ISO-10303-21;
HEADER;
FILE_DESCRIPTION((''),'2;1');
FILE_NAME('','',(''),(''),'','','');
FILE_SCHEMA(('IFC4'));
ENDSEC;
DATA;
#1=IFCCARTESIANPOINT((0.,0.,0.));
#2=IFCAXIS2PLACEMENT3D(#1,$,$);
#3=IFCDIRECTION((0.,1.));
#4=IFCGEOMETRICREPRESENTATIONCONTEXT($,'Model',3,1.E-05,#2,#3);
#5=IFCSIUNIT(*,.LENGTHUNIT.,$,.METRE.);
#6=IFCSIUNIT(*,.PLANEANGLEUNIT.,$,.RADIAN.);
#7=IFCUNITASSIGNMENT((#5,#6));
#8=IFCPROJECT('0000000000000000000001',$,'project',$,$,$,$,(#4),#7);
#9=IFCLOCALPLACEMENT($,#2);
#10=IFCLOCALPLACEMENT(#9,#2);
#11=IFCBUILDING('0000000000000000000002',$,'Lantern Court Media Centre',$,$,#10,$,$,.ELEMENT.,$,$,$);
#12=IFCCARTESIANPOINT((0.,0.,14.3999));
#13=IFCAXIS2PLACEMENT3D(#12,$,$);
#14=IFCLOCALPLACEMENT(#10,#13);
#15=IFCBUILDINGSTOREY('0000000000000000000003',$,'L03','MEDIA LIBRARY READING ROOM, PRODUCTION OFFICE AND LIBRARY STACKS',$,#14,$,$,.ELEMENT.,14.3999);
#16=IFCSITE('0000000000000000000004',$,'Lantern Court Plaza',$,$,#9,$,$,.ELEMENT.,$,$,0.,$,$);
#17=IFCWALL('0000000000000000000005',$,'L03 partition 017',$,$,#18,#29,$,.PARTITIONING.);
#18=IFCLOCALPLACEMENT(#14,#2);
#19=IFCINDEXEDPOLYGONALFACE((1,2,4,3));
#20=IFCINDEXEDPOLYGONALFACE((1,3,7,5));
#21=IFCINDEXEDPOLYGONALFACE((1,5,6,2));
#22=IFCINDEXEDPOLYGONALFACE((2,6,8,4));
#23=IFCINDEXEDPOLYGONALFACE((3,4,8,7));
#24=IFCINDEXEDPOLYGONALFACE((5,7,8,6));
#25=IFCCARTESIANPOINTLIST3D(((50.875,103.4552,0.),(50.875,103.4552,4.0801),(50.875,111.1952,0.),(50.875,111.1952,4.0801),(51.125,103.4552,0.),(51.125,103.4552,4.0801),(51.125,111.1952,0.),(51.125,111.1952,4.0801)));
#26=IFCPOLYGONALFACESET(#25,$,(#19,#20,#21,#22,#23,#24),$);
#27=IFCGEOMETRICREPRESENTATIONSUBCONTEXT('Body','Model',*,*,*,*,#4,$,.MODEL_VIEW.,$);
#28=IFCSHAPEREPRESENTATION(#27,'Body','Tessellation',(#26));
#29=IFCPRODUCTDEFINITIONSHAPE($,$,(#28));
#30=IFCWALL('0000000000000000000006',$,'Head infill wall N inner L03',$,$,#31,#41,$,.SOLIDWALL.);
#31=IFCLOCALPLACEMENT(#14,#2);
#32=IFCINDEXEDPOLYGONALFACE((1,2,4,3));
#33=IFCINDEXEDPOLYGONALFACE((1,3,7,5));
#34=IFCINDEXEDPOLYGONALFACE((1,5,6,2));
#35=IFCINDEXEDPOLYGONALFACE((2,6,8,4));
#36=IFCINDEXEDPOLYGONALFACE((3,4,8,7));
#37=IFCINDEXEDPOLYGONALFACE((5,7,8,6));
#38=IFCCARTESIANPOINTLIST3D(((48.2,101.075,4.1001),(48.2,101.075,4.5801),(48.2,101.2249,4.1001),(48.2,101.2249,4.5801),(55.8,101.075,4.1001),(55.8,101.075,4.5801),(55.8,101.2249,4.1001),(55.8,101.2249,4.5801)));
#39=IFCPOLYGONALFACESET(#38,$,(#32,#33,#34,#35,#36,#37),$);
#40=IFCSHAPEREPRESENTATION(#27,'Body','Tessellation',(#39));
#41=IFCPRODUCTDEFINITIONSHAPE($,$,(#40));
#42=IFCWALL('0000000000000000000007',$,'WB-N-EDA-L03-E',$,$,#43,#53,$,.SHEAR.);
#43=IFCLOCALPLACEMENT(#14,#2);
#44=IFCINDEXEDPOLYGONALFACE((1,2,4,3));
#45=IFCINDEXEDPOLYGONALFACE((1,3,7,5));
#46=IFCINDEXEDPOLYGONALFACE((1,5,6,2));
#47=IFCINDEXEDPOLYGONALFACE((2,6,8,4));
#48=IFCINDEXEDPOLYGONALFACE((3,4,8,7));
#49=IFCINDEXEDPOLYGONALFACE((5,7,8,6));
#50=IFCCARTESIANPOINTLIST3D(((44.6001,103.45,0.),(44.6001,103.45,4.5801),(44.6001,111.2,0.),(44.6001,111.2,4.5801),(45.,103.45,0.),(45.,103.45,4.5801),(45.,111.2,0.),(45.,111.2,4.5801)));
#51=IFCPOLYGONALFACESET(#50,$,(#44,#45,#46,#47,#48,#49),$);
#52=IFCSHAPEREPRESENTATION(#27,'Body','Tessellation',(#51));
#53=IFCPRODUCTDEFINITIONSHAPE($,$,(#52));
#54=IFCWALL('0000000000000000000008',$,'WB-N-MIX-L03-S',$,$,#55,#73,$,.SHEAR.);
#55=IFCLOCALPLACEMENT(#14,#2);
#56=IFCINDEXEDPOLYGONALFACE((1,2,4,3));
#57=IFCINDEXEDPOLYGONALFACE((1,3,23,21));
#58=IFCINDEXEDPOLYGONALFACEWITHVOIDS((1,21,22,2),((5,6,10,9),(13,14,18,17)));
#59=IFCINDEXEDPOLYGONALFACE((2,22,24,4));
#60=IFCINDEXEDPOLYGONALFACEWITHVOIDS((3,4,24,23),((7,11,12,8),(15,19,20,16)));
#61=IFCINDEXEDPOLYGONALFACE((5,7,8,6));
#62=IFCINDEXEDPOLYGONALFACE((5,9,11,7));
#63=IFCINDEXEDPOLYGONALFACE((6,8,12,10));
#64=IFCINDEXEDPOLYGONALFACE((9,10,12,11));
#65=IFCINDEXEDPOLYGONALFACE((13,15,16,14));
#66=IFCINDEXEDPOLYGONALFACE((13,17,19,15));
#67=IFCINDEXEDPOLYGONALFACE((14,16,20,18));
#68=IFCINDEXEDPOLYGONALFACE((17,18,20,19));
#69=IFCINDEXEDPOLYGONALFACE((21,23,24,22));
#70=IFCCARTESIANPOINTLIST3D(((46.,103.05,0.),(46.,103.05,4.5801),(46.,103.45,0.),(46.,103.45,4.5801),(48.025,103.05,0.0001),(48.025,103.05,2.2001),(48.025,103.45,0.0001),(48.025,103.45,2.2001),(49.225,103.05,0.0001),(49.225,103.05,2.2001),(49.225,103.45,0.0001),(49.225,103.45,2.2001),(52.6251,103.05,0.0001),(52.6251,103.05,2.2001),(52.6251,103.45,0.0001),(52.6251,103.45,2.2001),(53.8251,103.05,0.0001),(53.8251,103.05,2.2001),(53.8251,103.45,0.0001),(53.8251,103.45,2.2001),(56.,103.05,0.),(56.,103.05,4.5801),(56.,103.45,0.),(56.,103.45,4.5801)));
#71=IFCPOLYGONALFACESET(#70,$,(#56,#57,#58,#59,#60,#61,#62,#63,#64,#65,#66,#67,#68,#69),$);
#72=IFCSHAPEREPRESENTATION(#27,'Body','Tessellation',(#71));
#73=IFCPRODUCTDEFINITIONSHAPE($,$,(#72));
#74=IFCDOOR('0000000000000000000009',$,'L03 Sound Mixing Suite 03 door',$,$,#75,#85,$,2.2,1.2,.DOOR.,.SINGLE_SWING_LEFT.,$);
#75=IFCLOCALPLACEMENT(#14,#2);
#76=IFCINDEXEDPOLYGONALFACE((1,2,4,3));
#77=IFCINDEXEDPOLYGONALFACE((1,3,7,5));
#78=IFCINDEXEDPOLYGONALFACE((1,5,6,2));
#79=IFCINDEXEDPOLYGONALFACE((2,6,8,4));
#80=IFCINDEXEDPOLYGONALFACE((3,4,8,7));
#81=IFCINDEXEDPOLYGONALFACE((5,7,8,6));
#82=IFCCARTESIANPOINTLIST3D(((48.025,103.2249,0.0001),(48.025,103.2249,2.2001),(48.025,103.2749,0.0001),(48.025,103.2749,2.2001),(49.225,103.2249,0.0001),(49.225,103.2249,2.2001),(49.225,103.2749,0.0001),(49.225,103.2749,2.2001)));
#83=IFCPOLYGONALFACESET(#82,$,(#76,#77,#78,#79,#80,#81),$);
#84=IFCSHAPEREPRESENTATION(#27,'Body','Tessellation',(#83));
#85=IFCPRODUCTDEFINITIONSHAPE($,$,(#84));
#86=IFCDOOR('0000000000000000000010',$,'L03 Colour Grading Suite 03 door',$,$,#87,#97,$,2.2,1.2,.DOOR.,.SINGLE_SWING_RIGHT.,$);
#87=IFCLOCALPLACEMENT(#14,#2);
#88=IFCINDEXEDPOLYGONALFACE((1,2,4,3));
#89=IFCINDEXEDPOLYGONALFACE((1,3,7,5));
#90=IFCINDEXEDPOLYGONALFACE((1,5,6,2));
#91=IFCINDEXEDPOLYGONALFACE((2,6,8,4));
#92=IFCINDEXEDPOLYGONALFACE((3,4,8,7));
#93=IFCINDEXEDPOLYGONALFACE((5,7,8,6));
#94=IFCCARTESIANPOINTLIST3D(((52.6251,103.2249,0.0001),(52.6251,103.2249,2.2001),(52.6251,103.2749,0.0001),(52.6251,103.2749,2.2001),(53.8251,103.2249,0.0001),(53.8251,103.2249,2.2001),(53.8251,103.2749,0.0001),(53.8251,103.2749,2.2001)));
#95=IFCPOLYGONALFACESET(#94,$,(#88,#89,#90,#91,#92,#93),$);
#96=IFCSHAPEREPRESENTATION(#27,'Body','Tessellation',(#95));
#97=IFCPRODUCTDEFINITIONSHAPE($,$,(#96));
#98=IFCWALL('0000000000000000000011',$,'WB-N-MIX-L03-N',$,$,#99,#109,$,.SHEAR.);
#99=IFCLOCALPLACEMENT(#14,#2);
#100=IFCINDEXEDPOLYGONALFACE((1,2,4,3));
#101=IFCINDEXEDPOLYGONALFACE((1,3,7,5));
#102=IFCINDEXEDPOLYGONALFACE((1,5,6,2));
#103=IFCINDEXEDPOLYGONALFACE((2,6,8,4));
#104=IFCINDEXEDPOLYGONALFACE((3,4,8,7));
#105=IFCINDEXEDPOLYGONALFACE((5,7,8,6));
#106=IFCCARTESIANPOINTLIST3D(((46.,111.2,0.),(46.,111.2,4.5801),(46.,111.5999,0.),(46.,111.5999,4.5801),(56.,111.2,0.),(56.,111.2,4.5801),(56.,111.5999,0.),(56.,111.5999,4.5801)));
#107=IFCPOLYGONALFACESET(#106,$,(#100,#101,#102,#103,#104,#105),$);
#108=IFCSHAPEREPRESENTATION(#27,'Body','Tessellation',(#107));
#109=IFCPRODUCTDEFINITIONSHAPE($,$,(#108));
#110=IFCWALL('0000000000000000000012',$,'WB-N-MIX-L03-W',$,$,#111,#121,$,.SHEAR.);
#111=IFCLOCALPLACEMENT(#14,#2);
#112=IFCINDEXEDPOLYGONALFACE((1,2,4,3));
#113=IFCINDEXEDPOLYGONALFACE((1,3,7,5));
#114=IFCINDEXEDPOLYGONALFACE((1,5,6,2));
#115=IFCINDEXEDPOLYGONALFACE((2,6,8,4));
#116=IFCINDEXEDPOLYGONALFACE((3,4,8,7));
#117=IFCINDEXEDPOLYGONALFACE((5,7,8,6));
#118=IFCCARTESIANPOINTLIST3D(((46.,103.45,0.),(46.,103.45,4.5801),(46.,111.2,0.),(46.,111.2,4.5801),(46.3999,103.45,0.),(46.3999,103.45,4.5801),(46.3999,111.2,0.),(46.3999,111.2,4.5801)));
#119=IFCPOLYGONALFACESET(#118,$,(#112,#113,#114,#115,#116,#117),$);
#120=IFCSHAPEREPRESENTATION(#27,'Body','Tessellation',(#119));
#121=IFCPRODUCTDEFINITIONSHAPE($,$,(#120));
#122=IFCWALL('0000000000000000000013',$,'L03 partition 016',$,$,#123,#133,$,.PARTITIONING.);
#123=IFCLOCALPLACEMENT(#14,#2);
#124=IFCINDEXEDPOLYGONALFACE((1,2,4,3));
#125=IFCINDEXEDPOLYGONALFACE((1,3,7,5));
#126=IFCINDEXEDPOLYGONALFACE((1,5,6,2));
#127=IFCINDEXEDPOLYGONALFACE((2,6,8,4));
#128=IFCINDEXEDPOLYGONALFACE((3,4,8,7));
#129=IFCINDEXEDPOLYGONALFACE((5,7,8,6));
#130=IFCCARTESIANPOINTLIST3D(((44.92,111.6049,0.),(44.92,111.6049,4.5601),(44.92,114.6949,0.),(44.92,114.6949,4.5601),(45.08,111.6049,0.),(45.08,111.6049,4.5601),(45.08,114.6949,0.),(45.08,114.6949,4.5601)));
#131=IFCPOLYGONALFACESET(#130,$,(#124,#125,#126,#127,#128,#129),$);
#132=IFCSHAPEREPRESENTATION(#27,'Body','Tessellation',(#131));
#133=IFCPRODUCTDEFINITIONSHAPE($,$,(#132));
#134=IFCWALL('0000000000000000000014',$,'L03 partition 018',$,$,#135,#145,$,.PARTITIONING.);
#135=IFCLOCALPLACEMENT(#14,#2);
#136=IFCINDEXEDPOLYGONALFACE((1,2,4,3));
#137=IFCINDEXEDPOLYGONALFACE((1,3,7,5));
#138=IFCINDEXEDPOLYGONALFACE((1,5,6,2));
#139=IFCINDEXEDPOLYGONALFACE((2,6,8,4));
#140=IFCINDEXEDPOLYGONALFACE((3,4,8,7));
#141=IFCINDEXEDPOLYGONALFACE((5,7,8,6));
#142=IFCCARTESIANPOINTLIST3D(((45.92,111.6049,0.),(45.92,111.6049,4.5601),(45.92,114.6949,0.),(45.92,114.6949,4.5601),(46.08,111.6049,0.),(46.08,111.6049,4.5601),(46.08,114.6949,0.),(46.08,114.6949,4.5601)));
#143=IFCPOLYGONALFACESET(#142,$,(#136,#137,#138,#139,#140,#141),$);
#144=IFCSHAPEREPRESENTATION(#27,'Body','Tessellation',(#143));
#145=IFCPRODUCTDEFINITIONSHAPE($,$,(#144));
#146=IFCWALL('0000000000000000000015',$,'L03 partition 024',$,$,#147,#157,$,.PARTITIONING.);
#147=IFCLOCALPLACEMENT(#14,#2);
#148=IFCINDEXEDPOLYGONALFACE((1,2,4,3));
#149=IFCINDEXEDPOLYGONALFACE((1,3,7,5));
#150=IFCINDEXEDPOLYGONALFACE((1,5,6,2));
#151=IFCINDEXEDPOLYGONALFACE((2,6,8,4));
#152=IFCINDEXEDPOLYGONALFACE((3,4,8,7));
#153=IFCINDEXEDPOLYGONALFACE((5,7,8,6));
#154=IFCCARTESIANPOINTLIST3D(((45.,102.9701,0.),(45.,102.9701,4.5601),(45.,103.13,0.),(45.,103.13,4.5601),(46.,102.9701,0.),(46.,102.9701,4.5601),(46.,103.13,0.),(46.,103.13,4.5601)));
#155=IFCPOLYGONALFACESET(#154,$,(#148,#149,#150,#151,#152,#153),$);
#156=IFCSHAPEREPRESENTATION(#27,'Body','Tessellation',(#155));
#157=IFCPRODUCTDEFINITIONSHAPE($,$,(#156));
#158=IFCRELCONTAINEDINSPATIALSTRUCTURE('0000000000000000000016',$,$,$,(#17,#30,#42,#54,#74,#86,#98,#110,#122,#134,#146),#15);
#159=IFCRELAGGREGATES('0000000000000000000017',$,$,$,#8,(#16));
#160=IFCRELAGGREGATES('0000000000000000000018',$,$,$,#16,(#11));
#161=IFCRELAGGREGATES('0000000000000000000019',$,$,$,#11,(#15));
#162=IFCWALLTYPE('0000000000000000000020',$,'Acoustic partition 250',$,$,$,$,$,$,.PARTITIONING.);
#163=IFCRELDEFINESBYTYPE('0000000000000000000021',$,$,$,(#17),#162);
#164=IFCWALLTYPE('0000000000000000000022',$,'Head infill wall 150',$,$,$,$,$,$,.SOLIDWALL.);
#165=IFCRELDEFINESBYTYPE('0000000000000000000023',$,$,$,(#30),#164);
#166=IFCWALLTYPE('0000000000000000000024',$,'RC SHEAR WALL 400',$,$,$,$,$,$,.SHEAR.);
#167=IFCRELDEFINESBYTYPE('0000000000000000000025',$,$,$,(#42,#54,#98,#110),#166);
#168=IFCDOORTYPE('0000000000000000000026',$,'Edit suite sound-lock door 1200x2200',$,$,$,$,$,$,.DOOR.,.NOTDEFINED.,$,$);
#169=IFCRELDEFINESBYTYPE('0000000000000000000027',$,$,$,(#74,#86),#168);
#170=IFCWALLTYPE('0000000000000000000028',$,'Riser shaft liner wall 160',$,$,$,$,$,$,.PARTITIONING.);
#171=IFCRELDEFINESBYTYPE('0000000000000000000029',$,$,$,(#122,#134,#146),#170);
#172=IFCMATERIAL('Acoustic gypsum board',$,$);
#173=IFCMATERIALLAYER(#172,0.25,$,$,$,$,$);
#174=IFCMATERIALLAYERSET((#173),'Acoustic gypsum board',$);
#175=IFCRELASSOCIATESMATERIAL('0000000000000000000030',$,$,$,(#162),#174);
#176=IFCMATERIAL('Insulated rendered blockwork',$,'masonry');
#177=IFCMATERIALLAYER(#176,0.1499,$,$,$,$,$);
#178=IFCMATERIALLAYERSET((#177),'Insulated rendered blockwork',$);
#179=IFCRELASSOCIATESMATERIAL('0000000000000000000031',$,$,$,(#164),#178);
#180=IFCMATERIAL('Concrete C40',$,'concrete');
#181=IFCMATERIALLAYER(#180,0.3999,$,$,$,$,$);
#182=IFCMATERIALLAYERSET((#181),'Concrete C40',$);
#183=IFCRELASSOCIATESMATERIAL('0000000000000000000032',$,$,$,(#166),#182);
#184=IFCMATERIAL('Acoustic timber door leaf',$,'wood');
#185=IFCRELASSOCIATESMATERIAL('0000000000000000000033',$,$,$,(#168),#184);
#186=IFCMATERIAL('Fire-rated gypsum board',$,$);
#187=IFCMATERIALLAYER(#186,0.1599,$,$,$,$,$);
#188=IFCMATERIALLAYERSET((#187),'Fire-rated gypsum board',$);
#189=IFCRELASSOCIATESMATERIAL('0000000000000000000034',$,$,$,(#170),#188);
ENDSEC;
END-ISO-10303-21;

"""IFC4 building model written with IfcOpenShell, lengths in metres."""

from ifc_helpers import new_model, si_unit, direction, frame, frame_2d, origin, place, context, subcontext, project, spatial, rectangle, extrude, material, layer, layer_set, type_object, element, fill, save


model = new_model("IFC4")

# Units and contexts
model_context = context("Model", 3, precision=1e-05, world=origin(), true_north=direction((0.0, 1.0)))
body_context = subcontext(model_context, "Body", "Model", "MODEL_VIEW")
ifc_project = project(units=[si_unit("LENGTHUNIT", "METRE"), si_unit("PLANEANGLEUNIT", "RADIAN")], contexts=[model_context])

# Site, building, storey
site_placement = place(None, origin())
site = spatial("IfcSite", under=ifc_project, at=site_placement, Name="Lantern Court Plaza", CompositionType="ELEMENT", RefElevation=0.0)
building_placement = place(site_placement, origin())
building = spatial("IfcBuilding", under=site, at=building_placement, Name="Lantern Court Media Centre", CompositionType="ELEMENT")
storey_placement = place(building_placement, frame((0.0, 0.0, 14.3999)))
storey = spatial("IfcBuildingStorey", under=building, at=storey_placement, Name="L03", Description="MEDIA LIBRARY READING ROOM, PRODUCTION OFFICE AND LIBRARY STACKS", CompositionType="ELEMENT", Elevation=14.3999)

# Walls
ifc_material_1 = material(Name="Acoustic gypsum board")
ifc_layer_1 = layer(ifc_material_1, 0.25)
ifc_layer_set_1 = layer_set([ifc_layer_1], Name="Acoustic gypsum board")
wall_type_1 = type_object("IfcWallType", Name="Acoustic partition 250", PredefinedType="PARTITIONING", material=ifc_layer_set_1)
wall_1_placement = place(storey_placement, frame((51.0, 103.4551, 0.0), z_axis=(0.0, 0.0, 1.0), x_axis=(0.0, 1.0, 0.0)))
element("IfcWall", 1, at=wall_1_placement, inside=storey, type_object=wall_type_1, Name="L03 partition 017", PredefinedType="PARTITIONING", context=body_context, shape_type="SweptSolid", body=[
    extrude(rectangle(XDim=7.74, YDim=0.25, at=frame_2d((3.8701, 0.0))), origin(), (0.0, 0.0, 1.0), 4.0801),
])
ifc_material_2 = material(Name="Insulated rendered blockwork", Category="masonry")
ifc_layer_2 = layer(ifc_material_2, 0.1499)
ifc_layer_set_2 = layer_set([ifc_layer_2], Name="Insulated rendered blockwork")
wall_type_2 = type_object("IfcWallType", Name="Head infill wall 150", PredefinedType="SOLIDWALL", material=ifc_layer_set_2)
wall_2_placement = place(storey_placement, frame((48.2, 101.1499, 4.1001), z_axis=(0.0, 0.0, 1.0), x_axis=(1.0, 0.0, 0.0)))
element("IfcWall", 2, at=wall_2_placement, inside=storey, type_object=wall_type_2, Name="Head infill wall N inner L03", PredefinedType="SOLIDWALL", context=body_context, shape_type="SweptSolid", body=[
    extrude(rectangle(XDim=7.6001, YDim=0.1499, at=frame_2d((3.8, 0.0))), origin(), (0.0, 0.0, 1.0), 0.48),
])
ifc_material_3 = material(Name="Concrete C40", Category="concrete")
ifc_layer_3 = layer(ifc_material_3, 0.3999)
ifc_layer_set_3 = layer_set([ifc_layer_3], Name="Concrete C40")
wall_type_3 = type_object("IfcWallType", Name="RC SHEAR WALL 400", PredefinedType="SHEAR", material=ifc_layer_set_3)
wall_3_placement = place(storey_placement, frame((44.8, 103.45, 0.0), z_axis=(0.0, 0.0, 1.0), x_axis=(0.0, 1.0, 0.0)))
element("IfcWall", 3, at=wall_3_placement, inside=storey, type_object=wall_type_3, Name="WB-N-EDA-L03-E", PredefinedType="SHEAR", context=body_context, shape_type="SweptSolid", body=[
    extrude(rectangle(XDim=7.75, YDim=0.3999, at=frame_2d((3.875, 0.0))), origin(), (0.0, 0.0, 1.0), 4.5801),
])

# Wall, openings, doors
wall_4_placement = place(storey_placement, frame((46.0, 103.25, 0.0), z_axis=(0.0, 0.0, 1.0), x_axis=(1.0, 0.0, 0.0)))
wall_4 = element("IfcWall", 4, at=wall_4_placement, inside=storey, type_object=wall_type_3, Name="WB-N-MIX-L03-S", PredefinedType="SHEAR", context=body_context, shape_type="SweptSolid", body=[
    extrude(rectangle(XDim=10.0, YDim=0.3999, at=frame_2d((5.0, 0.0))), origin(), (0.0, 0.0, 1.0), 4.5801),
])
opening_1_placement = place(wall_4_placement, frame((2.0249, 0.0, 0.0)))
opening_1 = element("IfcOpeningElement", 5, at=opening_1_placement, cuts=wall_4, PredefinedType="OPENING", context=body_context, shape_type="SweptSolid", body=[
    extrude(rectangle(XDim=1.2, YDim=2.2, at=frame_2d((0.6001, 1.1001))), frame((0.0, 0.21, 0.0), z_axis=(0.0, -1.0, 0.0), x_axis=(1.0, 0.0, 0.0)), (0.0, 0.0, 1.0), 0.4199),
])
opening_2_placement = place(wall_4_placement, frame((6.625, 0.0, 0.0)))
opening_2 = element("IfcOpeningElement", 6, at=opening_2_placement, cuts=wall_4, PredefinedType="OPENING", context=body_context, shape_type="SweptSolid", body=[
    extrude(rectangle(XDim=1.2, YDim=2.2, at=frame_2d((0.6001, 1.1001))), frame((0.0, 0.21, 0.0), z_axis=(0.0, -1.0, 0.0), x_axis=(1.0, 0.0, 0.0)), (0.0, 0.0, 1.0), 0.4199),
])
ifc_material_4 = material(Name="Acoustic timber door leaf", Category="wood")
door_type = type_object("IfcDoorType", Name="Edit suite sound-lock door 1200x2200", OperationType="NOTDEFINED", PredefinedType="DOOR", material=ifc_material_4)
door_1_placement = place(opening_1_placement, origin())
door_1 = element("IfcDoor", 7, at=door_1_placement, inside=storey, type_object=door_type, Name="L03 Sound Mixing Suite 03 door", OperationType="SINGLE_SWING_LEFT", OverallHeight=2.2, OverallWidth=1.2, PredefinedType="DOOR", context=body_context, shape_type="SweptSolid", body=[
    extrude(rectangle(XDim=1.2, YDim=2.2, at=frame_2d((0.6001, 1.1001))), frame((0.0, 0.0249, 0.0), z_axis=(0.0, -1.0, 0.0), x_axis=(1.0, 0.0, 0.0)), (0.0, 0.0, 1.0), 0.05),
])
fill(opening_1, door_1)
door_2_placement = place(opening_2_placement, origin())
door_2 = element("IfcDoor", 8, at=door_2_placement, inside=storey, type_object=door_type, Name="L03 Colour Grading Suite 03 door", OperationType="SINGLE_SWING_RIGHT", OverallHeight=2.2, OverallWidth=1.2, PredefinedType="DOOR", context=body_context, shape_type="SweptSolid", body=[
    extrude(rectangle(XDim=1.2, YDim=2.2, at=frame_2d((0.6001, 1.1001))), frame((0.0, 0.0249, 0.0), z_axis=(0.0, -1.0, 0.0), x_axis=(1.0, 0.0, 0.0)), (0.0, 0.0, 1.0), 0.05),
])
fill(opening_2, door_2)

# Walls
wall_5_placement = place(storey_placement, frame((46.0, 111.3999, 0.0), z_axis=(0.0, 0.0, 1.0), x_axis=(1.0, 0.0, 0.0)))
element("IfcWall", 9, at=wall_5_placement, inside=storey, type_object=wall_type_3, Name="WB-N-MIX-L03-N", PredefinedType="SHEAR", context=body_context, shape_type="SweptSolid", body=[
    extrude(rectangle(XDim=10.0, YDim=0.3999, at=frame_2d((5.0, 0.0))), origin(), (0.0, 0.0, 1.0), 4.5801),
])
wall_6_placement = place(storey_placement, frame((46.2, 103.45, 0.0), z_axis=(0.0, 0.0, 1.0), x_axis=(0.0, 1.0, 0.0)))
element("IfcWall", 10, at=wall_6_placement, inside=storey, type_object=wall_type_3, Name="WB-N-MIX-L03-W", PredefinedType="SHEAR", context=body_context, shape_type="SweptSolid", body=[
    extrude(rectangle(XDim=7.75, YDim=0.3999, at=frame_2d((3.875, 0.0))), origin(), (0.0, 0.0, 1.0), 4.5801),
])
ifc_material_5 = material(Name="Fire-rated gypsum board")
ifc_layer_4 = layer(ifc_material_5, 0.1599)
ifc_layer_set_4 = layer_set([ifc_layer_4], Name="Fire-rated gypsum board")
wall_type_4 = type_object("IfcWallType", Name="Riser shaft liner wall 160", PredefinedType="PARTITIONING", material=ifc_layer_set_4)
for number, where, z_axis, x_axis, name in (
    (11, (45.0, 111.605, 0.0), (0.0, 0.0, 1.0), (0.0, 1.0, 0.0), "L03 partition 016"),
    (12, (46.0, 111.605, 0.0), (0.0, 0.0, 1.0), (0.0, 1.0, 0.0), "L03 partition 018"),
):
    element("IfcWall", number, at=place(storey_placement, frame(where, z_axis=z_axis, x_axis=x_axis)), inside=storey, type_object=wall_type_4, Name=name, PredefinedType="PARTITIONING", context=body_context, shape_type="SweptSolid", body=[
        extrude(rectangle(XDim=3.0901, YDim=0.1599, at=frame_2d((1.5449, 0.0))), origin(), (0.0, 0.0, 1.0), 4.5601),
    ])
wall_7_placement = place(storey_placement, frame((45.0, 103.05, 0.0), z_axis=(0.0, 0.0, 1.0), x_axis=(1.0, 0.0, 0.0)))
element("IfcWall", 13, at=wall_7_placement, inside=storey, type_object=wall_type_4, Name="L03 partition 024", PredefinedType="PARTITIONING", context=body_context, shape_type="SweptSolid", body=[
    extrude(rectangle(XDim=1.0, YDim=0.1599, at=frame_2d((0.5, 0.0))), origin(), (0.0, 0.0, 1.0), 4.5601),
])

save(model, "model.ifc")
